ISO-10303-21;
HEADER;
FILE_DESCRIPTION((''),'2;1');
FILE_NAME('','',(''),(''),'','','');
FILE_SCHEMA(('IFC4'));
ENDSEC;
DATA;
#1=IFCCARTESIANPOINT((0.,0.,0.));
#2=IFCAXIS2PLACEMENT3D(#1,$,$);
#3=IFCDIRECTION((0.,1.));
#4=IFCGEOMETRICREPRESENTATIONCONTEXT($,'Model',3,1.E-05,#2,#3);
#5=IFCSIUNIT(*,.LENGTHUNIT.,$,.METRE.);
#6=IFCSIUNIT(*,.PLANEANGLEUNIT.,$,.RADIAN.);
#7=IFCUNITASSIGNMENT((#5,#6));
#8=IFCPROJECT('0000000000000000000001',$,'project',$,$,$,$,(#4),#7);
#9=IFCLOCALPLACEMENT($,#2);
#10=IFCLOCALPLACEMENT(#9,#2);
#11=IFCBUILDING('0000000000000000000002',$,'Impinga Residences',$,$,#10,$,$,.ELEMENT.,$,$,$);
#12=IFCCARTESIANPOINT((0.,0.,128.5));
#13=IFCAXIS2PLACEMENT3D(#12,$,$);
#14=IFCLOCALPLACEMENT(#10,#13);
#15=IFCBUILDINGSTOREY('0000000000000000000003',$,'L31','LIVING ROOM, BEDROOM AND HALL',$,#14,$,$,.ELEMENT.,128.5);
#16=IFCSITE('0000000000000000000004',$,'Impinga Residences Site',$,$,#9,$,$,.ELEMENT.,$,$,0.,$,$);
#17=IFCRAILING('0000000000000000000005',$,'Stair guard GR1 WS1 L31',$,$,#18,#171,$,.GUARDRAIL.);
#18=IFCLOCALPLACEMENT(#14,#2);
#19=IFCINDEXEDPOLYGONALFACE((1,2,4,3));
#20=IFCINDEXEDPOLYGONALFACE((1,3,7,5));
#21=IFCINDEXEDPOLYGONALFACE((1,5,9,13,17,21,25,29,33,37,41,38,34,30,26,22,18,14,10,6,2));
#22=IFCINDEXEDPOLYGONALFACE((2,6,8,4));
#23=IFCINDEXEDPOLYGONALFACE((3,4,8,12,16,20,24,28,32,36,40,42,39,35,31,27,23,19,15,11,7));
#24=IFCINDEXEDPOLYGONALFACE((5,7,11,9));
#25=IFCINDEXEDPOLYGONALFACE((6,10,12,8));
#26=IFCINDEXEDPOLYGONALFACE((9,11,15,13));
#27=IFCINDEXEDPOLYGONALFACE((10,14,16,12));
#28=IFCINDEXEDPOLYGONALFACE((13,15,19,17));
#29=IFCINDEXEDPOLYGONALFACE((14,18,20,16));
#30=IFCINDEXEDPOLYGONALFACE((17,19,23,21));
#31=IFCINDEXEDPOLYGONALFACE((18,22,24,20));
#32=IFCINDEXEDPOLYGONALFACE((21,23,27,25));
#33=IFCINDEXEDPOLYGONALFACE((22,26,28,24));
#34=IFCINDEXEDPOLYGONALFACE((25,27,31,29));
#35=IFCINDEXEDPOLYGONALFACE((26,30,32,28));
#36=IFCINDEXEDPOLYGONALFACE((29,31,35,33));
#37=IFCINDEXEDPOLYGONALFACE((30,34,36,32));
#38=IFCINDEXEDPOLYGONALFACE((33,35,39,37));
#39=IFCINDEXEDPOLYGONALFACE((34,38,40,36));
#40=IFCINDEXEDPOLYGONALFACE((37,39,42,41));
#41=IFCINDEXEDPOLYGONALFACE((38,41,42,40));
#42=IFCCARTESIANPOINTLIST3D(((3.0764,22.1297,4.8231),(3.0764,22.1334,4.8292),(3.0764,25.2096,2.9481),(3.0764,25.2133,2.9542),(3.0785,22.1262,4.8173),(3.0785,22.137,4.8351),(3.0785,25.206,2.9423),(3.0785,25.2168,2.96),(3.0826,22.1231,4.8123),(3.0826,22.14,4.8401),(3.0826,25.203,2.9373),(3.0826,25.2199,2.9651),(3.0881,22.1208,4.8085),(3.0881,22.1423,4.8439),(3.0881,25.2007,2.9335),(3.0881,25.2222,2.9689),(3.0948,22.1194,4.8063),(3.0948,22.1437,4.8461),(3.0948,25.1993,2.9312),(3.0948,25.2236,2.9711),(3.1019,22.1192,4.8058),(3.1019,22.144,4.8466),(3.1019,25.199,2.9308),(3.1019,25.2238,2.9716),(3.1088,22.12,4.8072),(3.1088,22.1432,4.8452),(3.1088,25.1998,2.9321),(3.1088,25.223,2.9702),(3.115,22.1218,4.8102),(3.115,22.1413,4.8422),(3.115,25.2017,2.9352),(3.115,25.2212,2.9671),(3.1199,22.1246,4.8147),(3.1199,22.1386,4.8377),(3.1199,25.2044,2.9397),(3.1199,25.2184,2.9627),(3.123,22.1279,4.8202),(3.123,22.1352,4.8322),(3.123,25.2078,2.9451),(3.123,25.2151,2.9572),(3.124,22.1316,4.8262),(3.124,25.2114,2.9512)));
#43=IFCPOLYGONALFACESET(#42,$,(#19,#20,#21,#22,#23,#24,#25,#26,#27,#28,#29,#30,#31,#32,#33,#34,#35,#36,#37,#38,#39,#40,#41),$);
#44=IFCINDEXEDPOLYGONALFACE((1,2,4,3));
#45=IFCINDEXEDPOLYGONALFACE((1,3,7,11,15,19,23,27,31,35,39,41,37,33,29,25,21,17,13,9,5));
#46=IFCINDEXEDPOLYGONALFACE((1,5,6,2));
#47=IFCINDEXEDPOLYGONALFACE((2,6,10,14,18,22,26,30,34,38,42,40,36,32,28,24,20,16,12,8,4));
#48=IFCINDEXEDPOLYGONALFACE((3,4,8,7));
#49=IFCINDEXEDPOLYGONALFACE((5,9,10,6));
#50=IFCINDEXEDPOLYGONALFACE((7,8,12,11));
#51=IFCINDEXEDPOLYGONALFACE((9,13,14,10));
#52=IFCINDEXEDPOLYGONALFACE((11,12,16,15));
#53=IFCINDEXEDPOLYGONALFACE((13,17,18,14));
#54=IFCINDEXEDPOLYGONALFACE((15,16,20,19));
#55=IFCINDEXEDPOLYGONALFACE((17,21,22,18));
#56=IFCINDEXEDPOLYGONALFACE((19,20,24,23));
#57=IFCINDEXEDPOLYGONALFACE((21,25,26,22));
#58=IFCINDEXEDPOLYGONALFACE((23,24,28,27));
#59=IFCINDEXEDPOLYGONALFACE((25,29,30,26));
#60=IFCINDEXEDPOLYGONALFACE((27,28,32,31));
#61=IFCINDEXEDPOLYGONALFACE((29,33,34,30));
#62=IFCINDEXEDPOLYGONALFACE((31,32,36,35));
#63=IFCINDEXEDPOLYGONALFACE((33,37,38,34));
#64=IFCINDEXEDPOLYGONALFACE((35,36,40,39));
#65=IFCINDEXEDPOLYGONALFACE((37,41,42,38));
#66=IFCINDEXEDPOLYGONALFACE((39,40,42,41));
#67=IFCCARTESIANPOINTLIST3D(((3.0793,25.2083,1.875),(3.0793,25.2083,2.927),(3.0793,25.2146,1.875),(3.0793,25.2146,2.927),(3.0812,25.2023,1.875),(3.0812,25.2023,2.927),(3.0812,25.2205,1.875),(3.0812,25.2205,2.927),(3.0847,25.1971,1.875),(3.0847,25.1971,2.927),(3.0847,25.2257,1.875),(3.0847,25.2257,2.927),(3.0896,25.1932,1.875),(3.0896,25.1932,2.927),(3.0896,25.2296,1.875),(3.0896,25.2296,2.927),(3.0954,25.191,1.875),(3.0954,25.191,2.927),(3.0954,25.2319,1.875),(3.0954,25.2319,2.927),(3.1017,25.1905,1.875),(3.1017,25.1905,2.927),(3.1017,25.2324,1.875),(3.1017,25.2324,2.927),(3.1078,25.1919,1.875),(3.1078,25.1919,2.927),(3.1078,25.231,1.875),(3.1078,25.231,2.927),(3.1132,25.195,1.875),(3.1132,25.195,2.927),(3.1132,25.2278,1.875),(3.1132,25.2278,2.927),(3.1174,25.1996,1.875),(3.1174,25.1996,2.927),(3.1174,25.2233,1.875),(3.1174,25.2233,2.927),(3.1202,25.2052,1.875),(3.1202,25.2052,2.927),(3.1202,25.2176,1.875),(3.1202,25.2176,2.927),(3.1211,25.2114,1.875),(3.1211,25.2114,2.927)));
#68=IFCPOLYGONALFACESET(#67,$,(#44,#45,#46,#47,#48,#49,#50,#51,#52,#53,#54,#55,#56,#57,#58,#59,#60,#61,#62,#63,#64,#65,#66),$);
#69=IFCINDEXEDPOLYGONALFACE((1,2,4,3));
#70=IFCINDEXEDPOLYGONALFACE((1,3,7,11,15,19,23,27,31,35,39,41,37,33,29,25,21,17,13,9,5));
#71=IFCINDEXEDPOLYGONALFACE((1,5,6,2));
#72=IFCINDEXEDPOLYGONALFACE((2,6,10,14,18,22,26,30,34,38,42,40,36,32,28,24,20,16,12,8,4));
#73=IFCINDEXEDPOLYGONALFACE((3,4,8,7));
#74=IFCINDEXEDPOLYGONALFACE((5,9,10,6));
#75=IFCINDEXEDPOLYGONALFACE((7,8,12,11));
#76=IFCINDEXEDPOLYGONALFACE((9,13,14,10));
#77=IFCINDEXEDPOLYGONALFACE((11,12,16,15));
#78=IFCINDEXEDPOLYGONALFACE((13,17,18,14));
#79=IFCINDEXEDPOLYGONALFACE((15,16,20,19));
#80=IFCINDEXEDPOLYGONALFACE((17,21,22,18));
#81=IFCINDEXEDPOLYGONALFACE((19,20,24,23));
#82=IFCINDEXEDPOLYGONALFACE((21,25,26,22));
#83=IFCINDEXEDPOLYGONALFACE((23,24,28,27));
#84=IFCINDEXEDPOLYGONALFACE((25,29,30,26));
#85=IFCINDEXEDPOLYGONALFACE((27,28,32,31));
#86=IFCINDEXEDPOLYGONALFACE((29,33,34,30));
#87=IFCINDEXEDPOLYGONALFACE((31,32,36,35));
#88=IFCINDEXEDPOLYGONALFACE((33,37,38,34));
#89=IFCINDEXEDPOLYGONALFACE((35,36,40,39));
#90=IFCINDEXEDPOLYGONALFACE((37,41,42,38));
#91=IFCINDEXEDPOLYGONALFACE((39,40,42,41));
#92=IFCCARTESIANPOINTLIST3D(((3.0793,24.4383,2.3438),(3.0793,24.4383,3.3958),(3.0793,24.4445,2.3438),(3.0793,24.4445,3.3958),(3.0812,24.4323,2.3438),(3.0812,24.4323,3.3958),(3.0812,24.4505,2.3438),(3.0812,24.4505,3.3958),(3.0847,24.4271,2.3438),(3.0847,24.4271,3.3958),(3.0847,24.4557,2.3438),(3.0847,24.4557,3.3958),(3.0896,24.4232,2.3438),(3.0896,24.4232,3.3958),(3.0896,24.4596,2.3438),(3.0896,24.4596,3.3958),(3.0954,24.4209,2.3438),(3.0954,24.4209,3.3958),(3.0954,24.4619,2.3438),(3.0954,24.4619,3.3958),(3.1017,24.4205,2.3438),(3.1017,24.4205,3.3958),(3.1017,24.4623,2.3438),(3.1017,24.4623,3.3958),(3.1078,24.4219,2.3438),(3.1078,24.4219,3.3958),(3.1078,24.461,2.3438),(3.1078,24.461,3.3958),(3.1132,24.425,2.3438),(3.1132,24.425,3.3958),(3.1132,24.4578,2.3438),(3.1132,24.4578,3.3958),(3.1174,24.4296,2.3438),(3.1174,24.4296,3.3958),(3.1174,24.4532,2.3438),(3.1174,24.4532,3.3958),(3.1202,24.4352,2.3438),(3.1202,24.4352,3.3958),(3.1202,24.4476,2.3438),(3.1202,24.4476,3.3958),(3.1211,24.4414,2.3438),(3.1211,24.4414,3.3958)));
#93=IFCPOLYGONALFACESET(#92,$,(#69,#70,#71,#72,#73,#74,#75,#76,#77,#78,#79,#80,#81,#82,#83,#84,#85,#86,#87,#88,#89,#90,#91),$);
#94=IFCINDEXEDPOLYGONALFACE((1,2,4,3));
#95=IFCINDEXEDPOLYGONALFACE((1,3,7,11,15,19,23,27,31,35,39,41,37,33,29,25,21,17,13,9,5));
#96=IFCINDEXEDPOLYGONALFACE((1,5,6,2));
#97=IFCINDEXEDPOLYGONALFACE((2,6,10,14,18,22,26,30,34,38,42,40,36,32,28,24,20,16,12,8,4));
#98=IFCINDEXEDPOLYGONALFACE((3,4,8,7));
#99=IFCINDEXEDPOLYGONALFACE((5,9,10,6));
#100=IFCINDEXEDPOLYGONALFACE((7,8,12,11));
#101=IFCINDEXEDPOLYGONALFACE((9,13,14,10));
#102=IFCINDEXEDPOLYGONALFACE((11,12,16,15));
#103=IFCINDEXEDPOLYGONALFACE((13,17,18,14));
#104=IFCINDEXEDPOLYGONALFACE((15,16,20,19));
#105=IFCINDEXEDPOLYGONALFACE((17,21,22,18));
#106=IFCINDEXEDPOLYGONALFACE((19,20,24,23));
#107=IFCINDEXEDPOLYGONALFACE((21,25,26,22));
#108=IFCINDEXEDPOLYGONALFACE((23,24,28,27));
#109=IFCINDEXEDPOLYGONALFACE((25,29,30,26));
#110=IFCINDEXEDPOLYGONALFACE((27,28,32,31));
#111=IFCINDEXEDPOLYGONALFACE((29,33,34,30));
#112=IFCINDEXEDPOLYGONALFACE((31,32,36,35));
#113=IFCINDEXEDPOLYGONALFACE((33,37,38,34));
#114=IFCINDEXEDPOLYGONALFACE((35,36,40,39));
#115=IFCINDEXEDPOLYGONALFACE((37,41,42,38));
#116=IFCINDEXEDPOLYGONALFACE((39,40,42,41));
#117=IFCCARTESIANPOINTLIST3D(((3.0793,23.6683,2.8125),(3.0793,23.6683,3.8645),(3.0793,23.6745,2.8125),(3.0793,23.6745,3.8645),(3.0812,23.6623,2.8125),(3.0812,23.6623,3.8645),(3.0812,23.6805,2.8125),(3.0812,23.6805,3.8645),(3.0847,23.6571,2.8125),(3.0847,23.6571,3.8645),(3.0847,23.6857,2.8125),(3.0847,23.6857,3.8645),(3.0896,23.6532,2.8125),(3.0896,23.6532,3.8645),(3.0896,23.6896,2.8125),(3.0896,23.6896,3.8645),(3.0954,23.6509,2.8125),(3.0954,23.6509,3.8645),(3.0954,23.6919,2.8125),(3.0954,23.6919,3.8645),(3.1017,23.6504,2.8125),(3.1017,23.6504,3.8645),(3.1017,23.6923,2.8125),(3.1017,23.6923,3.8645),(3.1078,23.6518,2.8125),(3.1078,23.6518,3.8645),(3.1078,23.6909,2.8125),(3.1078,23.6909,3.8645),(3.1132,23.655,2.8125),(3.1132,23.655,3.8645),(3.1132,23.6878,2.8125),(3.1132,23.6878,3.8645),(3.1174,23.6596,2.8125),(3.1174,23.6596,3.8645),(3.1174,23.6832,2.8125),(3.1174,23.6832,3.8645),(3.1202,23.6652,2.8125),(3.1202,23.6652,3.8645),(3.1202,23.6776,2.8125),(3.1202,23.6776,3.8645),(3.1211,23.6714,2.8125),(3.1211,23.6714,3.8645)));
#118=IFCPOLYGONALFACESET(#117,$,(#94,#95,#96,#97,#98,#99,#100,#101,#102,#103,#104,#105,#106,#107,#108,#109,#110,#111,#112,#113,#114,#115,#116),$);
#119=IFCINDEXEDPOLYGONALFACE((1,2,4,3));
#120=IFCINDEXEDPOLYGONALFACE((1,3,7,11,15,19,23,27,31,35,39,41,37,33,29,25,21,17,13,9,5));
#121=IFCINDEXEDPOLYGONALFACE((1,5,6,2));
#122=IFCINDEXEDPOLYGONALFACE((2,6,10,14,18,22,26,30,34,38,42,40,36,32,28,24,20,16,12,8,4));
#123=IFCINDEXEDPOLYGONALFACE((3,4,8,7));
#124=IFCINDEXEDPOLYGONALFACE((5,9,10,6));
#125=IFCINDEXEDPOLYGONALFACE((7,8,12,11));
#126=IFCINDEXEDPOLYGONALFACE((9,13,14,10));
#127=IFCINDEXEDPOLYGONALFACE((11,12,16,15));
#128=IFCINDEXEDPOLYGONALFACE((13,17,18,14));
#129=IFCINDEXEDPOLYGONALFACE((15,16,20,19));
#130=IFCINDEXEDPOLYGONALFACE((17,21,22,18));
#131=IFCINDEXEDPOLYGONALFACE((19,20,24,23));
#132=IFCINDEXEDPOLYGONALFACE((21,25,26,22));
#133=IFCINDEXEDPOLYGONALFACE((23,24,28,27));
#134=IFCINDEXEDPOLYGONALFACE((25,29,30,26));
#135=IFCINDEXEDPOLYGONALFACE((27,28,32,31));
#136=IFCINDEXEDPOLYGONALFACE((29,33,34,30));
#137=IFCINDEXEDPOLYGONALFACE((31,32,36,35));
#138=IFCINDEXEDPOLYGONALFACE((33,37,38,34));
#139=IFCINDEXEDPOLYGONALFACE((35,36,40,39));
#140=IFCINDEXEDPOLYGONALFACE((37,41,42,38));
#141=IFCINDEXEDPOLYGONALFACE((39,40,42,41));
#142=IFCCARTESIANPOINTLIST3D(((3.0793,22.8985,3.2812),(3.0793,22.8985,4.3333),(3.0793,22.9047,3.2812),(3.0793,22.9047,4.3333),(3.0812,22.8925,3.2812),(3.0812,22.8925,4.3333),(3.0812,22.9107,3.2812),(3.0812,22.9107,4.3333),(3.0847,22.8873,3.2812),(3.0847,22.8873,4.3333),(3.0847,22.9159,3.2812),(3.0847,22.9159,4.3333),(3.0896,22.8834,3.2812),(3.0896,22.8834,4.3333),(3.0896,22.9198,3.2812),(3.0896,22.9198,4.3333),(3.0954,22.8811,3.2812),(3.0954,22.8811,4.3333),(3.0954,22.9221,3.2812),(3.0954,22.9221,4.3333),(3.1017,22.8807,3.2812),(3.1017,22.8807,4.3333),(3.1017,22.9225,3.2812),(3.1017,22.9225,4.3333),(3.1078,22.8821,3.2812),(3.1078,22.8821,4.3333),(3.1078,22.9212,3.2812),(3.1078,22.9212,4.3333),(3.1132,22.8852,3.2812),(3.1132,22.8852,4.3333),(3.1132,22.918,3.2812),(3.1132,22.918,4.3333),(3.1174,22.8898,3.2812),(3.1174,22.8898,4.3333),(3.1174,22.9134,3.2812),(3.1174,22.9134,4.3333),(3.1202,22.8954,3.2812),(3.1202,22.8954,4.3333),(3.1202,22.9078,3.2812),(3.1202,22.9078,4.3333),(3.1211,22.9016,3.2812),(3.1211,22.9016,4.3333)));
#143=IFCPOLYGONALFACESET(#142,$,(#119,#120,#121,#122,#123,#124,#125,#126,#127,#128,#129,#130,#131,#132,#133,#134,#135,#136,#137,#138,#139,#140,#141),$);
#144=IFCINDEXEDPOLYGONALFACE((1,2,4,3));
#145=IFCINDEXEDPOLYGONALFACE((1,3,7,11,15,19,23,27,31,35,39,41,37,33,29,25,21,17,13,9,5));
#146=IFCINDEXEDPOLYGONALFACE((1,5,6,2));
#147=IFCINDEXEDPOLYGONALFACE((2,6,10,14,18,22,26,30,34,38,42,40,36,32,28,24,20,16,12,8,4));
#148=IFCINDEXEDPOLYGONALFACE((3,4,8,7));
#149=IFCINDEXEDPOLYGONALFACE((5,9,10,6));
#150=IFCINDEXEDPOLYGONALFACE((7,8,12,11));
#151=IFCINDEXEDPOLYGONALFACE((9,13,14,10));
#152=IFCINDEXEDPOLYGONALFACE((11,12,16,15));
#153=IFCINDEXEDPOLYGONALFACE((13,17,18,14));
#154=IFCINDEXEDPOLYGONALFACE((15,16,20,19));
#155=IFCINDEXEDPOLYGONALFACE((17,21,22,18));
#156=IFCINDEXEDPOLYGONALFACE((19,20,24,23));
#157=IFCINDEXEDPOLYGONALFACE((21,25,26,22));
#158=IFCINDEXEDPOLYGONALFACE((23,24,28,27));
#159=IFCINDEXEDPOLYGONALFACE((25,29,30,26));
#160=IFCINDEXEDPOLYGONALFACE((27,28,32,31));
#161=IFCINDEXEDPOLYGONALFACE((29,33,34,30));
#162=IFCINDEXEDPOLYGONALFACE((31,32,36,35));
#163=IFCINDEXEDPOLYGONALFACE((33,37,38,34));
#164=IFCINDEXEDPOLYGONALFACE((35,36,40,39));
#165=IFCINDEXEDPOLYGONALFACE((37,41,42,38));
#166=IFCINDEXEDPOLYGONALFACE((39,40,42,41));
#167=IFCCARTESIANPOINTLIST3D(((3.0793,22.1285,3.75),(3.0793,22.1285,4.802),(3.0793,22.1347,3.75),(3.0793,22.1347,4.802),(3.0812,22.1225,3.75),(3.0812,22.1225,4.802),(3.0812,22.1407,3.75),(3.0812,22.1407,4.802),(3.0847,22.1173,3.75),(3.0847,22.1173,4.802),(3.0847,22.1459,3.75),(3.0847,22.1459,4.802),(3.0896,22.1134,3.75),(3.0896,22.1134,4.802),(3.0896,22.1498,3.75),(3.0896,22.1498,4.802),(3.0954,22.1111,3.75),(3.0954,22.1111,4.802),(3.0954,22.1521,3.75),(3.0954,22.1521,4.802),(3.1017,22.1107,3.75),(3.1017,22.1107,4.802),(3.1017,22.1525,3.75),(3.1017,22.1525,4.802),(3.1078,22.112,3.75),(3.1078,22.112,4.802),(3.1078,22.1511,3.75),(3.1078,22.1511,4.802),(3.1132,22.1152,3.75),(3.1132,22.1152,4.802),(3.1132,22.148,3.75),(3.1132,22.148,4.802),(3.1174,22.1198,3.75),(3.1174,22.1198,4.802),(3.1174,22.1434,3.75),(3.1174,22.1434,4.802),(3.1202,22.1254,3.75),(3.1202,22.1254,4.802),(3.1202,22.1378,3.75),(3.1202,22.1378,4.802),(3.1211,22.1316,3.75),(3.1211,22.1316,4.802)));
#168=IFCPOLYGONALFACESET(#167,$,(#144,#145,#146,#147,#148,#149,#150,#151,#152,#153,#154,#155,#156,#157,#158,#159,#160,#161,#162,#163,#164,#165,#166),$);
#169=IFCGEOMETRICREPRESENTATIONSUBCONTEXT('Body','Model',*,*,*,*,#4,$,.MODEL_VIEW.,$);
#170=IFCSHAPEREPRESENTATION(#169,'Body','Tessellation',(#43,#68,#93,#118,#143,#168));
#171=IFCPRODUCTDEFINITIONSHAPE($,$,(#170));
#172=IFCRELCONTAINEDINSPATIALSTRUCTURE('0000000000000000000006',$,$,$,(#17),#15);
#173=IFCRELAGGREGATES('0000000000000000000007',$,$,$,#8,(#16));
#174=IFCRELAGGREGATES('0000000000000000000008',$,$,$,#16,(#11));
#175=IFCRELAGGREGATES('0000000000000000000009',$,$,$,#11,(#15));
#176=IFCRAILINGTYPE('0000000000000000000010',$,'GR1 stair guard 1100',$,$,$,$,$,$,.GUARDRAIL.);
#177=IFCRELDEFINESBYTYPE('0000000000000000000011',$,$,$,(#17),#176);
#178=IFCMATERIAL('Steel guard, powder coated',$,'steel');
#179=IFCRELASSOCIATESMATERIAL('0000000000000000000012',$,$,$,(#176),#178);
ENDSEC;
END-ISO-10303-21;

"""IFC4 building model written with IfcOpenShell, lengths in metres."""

from ifc_helpers import new_model, si_unit, direction, frame, origin, origin_2d, place, context, subcontext, project, spatial, circle, extrude, material, type_object, element, save


model = new_model("IFC4")

# Units and contexts
model_context = context("Model", 3, precision=1e-05, world=origin(), true_north=direction((0.0, 1.0)))
body_context = subcontext(model_context, "Body", "Model", "MODEL_VIEW")
ifc_project = project(units=[si_unit("LENGTHUNIT", "METRE"), si_unit("PLANEANGLEUNIT", "RADIAN")], contexts=[model_context])

# Site, building, storey
site_placement = place(None, origin())
site = spatial("IfcSite", under=ifc_project, at=site_placement, Name="Impinga Residences Site", CompositionType="ELEMENT", RefElevation=0.0)
building_placement = place(site_placement, origin())
building = spatial("IfcBuilding", under=site, at=building_placement, Name="Impinga Residences", CompositionType="ELEMENT")
storey_placement = place(building_placement, frame((0.0, 0.0, 128.5)))
storey = spatial("IfcBuildingStorey", under=building, at=storey_placement, Name="L31", Description="LIVING ROOM, BEDROOM AND HALL", CompositionType="ELEMENT", Elevation=128.5)

# Railing
ifc_material_1 = material(Name="Steel guard, powder coated", Category="steel")
railing_type_1 = type_object("IfcRailingType", Name="GR1 stair guard 1100", PredefinedType="GUARDRAIL", material=ifc_material_1)
railing_1_placement = place(storey_placement, frame((3.1001, 25.2114, 1.875)))
element("IfcRailing", 1, at=railing_1_placement, inside=storey, type_object=railing_type_1, Name="Stair guard GR1 WS1 L31", PredefinedType="GUARDRAIL", context=body_context, shape_type="SweptSolid", body=[
    extrude(circle(Radius=0.0239, at=origin_2d()), frame((0.0, 0.0, 1.0762), z_axis=(0.0, -0.854159, 0.520011), x_axis=(1.0, 0.0, 0.0)), (0.0, 0.0, 1.0), 3.6057),
    extrude(circle(Radius=0.021, at=origin_2d()), origin(), (0.0, 0.0, 1.0), 1.052),
    extrude(circle(Radius=0.021, at=origin_2d()), frame((0.0, -0.77, 0.4688)), (0.0, 0.0, 1.0), 1.052),
    extrude(circle(Radius=0.021, at=origin_2d()), frame((0.0, -1.54, 0.9375)), (0.0, 0.0, 1.0), 1.052),
    extrude(circle(Radius=0.021, at=origin_2d()), frame((0.0, -2.3098, 1.4062)), (0.0, 0.0, 1.0), 1.052),
    extrude(circle(Radius=0.021, at=origin_2d()), frame((0.0, -3.0798, 1.875)), (0.0, 0.0, 1.0), 1.052),
])

save(model, "model.ifc")
